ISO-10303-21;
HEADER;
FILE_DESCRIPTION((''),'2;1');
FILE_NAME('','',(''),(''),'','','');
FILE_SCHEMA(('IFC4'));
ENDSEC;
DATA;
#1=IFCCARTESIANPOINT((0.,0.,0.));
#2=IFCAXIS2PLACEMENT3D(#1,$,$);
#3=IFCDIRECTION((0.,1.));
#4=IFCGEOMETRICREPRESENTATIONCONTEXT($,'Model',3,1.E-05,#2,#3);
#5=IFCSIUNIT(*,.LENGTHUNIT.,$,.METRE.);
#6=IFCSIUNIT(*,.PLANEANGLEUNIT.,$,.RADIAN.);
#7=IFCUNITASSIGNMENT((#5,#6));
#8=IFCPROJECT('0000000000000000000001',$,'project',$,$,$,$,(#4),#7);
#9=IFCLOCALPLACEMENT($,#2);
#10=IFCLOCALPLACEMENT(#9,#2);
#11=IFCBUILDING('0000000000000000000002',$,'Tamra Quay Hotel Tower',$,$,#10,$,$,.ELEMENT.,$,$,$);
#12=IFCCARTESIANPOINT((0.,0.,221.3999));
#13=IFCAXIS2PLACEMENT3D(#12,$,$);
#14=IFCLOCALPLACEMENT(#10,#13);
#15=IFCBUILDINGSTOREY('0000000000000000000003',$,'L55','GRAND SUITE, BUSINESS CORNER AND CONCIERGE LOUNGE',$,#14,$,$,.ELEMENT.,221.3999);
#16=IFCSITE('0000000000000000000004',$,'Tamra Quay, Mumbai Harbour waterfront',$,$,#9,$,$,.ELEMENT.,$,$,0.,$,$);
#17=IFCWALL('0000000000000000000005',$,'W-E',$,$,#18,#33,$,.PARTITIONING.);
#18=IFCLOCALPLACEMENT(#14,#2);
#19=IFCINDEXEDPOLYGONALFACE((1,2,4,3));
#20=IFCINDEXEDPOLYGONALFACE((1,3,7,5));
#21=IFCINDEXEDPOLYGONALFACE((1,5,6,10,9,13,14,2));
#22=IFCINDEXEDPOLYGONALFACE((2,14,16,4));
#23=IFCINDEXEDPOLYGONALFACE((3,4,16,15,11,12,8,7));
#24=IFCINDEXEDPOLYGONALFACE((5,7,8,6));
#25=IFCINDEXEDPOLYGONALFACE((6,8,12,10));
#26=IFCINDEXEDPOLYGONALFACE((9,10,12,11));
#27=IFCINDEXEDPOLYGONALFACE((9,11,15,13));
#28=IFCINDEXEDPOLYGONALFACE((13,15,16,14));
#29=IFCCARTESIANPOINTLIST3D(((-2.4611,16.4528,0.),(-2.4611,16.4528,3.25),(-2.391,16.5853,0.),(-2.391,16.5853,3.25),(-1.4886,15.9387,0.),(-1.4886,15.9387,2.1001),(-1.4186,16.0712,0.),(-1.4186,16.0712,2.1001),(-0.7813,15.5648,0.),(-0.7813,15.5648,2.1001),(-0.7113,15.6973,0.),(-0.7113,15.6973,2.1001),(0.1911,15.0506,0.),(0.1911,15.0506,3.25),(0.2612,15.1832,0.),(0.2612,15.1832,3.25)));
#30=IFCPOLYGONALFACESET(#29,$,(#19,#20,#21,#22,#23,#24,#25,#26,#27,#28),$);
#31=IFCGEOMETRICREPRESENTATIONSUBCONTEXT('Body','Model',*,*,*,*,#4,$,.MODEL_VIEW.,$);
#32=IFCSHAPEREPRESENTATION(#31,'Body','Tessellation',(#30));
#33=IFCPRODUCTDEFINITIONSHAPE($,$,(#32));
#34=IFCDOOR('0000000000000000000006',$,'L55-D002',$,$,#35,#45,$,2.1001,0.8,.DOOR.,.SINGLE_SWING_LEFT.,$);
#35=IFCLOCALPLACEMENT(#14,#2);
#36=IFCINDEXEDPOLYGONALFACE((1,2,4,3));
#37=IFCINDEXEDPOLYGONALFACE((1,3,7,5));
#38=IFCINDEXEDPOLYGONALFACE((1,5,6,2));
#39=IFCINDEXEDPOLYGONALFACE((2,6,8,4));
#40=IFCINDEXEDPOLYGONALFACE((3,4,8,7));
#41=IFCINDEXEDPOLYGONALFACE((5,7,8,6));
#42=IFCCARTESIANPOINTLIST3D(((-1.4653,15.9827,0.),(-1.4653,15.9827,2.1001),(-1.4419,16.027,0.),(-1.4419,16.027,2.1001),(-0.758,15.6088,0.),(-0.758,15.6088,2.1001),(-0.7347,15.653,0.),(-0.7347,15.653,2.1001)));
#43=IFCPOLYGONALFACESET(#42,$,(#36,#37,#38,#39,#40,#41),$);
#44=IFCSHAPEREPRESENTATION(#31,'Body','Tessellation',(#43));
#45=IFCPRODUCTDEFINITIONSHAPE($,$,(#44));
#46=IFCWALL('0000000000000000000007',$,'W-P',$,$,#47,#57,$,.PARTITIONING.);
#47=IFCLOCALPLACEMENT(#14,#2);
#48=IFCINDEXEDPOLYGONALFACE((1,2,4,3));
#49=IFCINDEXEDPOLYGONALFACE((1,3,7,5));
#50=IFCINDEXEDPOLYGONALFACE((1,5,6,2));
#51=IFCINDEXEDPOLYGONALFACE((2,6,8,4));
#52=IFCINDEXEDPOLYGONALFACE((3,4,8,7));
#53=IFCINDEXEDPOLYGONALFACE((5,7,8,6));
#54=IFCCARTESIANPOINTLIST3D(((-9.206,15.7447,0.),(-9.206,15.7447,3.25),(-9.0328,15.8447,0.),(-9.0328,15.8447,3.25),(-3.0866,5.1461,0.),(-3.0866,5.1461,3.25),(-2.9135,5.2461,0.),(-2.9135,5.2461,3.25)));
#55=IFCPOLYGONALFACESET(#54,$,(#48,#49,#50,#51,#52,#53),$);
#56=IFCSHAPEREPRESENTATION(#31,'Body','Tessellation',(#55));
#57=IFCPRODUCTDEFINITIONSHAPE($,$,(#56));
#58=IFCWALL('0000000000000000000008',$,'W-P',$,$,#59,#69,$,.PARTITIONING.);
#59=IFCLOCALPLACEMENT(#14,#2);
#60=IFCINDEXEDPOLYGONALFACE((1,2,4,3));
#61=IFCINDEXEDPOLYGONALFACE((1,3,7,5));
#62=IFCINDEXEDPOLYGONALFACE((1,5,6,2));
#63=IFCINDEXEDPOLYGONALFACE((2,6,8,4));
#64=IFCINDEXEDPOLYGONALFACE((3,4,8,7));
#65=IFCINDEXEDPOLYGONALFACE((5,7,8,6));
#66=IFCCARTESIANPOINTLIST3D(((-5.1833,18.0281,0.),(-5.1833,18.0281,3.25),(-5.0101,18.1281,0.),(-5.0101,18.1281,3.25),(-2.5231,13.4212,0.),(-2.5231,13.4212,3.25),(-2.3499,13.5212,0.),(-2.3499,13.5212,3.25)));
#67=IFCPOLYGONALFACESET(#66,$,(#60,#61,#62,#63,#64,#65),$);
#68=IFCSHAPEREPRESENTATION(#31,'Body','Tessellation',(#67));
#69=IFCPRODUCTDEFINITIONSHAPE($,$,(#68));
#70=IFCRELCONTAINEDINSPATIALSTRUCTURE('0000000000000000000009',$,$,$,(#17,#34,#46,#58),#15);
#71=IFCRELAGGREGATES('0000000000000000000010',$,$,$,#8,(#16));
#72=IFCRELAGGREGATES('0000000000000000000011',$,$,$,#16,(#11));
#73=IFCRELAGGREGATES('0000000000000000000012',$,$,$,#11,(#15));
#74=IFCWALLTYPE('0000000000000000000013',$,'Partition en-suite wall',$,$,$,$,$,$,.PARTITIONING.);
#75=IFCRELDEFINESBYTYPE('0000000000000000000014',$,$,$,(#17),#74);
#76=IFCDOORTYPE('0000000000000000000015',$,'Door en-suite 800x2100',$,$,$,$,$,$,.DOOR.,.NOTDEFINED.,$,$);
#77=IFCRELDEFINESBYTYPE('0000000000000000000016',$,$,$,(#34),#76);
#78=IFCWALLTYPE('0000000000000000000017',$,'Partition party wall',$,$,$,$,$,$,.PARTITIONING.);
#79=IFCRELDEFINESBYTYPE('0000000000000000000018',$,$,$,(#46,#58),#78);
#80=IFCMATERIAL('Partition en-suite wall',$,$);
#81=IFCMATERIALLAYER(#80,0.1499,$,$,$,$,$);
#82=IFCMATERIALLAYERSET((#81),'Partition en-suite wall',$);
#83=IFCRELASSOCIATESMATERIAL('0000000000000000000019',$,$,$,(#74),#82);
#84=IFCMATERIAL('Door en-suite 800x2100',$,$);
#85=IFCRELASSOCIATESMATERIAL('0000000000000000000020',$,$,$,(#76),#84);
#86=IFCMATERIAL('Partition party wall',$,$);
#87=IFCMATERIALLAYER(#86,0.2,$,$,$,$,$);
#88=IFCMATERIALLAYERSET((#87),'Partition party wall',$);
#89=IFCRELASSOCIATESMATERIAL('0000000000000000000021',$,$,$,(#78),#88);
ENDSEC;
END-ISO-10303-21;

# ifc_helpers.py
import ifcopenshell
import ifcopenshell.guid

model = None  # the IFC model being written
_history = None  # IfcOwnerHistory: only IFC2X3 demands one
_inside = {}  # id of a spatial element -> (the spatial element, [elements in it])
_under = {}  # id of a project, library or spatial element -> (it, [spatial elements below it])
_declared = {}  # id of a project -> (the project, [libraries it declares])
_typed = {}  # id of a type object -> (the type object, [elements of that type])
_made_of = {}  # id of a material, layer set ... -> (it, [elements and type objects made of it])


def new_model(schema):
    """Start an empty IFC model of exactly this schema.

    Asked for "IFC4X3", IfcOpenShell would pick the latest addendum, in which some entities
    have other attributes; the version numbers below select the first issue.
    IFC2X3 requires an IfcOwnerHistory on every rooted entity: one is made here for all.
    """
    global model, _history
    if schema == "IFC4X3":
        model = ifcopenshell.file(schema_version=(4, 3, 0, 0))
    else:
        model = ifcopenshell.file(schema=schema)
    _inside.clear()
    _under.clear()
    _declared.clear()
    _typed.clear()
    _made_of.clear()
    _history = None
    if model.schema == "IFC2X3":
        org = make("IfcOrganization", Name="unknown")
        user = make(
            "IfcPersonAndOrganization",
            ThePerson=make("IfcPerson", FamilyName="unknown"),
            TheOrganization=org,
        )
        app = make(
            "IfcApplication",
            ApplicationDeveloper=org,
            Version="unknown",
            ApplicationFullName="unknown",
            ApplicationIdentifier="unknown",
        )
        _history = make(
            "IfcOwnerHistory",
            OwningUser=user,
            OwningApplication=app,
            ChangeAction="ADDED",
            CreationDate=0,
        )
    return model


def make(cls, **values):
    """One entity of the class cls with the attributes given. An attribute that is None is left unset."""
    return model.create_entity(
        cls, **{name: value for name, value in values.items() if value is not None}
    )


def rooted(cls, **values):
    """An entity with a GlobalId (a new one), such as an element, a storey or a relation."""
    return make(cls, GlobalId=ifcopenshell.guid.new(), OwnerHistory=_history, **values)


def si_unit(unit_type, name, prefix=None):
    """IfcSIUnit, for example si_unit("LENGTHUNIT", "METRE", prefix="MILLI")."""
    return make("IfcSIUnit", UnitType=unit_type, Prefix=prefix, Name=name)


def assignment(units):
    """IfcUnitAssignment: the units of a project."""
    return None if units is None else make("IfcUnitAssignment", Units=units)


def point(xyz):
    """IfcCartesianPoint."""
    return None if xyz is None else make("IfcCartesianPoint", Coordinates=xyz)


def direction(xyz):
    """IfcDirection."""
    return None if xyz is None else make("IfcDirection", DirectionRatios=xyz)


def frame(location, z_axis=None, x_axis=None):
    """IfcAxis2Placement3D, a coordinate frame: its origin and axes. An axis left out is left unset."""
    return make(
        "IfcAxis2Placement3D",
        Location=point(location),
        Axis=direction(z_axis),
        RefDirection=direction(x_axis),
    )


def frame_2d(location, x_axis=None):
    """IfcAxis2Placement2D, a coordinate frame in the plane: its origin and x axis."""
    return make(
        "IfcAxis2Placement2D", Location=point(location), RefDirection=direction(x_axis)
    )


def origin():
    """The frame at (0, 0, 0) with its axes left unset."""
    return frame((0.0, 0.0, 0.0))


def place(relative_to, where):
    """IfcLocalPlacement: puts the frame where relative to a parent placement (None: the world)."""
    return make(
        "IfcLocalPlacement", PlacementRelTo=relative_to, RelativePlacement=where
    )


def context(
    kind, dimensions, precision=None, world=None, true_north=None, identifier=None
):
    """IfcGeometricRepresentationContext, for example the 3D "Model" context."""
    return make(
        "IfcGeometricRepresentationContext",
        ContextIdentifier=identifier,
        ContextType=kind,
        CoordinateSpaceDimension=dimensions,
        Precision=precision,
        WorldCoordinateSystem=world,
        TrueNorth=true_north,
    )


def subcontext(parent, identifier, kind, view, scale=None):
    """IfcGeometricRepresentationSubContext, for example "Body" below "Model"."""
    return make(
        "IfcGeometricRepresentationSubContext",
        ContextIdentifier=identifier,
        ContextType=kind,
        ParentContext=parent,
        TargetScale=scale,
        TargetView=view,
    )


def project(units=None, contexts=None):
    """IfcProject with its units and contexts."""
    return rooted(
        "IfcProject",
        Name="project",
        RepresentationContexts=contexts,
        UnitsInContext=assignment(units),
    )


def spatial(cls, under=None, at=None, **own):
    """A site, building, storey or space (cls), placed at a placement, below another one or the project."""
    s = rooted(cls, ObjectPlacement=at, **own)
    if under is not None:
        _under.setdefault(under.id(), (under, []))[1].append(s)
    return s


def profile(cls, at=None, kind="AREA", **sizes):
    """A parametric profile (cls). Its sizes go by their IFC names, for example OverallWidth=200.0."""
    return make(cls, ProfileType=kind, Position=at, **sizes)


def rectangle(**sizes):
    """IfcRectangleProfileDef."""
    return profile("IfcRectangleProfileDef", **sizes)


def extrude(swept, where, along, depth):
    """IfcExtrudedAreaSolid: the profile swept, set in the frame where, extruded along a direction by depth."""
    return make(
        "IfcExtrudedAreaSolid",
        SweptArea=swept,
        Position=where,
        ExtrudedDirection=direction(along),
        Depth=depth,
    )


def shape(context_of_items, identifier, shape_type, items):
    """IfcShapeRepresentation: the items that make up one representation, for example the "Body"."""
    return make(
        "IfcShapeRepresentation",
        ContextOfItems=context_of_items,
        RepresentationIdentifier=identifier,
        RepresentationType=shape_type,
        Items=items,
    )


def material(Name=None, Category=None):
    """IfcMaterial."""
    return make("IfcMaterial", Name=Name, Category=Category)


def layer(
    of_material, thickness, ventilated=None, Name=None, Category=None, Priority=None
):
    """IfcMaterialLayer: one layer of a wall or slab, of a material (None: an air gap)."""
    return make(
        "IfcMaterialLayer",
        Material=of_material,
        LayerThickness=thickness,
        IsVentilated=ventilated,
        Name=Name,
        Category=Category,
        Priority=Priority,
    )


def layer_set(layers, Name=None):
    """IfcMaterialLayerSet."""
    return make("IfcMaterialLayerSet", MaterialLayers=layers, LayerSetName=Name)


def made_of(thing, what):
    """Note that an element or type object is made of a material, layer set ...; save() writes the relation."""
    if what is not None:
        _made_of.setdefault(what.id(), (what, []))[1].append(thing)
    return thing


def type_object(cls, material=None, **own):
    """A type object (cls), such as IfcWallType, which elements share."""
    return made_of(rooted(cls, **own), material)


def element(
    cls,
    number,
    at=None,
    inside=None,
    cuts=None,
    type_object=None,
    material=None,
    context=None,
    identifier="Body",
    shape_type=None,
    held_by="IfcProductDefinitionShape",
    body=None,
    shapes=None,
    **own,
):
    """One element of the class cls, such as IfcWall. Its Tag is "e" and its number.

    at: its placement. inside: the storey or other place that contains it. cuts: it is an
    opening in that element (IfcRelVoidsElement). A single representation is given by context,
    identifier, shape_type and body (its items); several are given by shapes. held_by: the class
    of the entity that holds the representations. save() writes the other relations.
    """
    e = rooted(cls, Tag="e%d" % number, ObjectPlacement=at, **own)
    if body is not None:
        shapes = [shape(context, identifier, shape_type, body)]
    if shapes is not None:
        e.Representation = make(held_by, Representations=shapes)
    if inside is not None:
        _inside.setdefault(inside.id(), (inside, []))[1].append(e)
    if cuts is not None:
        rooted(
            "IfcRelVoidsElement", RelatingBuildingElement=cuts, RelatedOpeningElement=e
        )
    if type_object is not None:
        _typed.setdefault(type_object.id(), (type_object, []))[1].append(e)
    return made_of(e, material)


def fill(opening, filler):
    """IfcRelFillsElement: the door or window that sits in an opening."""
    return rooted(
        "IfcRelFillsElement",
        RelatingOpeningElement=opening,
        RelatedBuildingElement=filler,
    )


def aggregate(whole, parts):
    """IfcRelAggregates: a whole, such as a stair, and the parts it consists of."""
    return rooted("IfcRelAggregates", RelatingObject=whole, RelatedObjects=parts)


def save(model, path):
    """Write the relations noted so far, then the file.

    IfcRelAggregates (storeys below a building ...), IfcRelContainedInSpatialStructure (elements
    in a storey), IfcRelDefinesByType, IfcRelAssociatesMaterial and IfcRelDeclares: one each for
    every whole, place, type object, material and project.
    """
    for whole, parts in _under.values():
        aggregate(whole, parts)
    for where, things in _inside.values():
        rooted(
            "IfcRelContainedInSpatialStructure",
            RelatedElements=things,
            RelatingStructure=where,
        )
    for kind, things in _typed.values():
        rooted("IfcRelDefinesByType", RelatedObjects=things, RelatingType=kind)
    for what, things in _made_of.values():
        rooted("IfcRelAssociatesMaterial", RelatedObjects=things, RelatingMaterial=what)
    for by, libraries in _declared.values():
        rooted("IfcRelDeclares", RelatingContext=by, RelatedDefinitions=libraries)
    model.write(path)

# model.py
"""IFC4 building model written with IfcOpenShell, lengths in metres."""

from ifc_helpers import new_model, si_unit, direction, frame, frame_2d, origin, place, context, subcontext, project, spatial, rectangle, extrude, material, layer, layer_set, type_object, element, fill, save


model = new_model("IFC4")

# Units and contexts
model_context = context("Model", 3, precision=1e-05, world=origin(), true_north=direction((0.0, 1.0)))
body_context = subcontext(model_context, "Body", "Model", "MODEL_VIEW")
ifc_project = project(units=[si_unit("LENGTHUNIT", "METRE"), si_unit("PLANEANGLEUNIT", "RADIAN")], contexts=[model_context])

# Site, building, storey
site_placement = place(None, origin())
site = spatial("IfcSite", under=ifc_project, at=site_placement, Name="Tamra Quay, Mumbai Harbour waterfront", CompositionType="ELEMENT", RefElevation=0.0)
building_placement = place(site_placement, origin())
building = spatial("IfcBuilding", under=site, at=building_placement, Name="Tamra Quay Hotel Tower", CompositionType="ELEMENT")
storey_placement = place(building_placement, frame((0.0, 0.0, 221.3999)))
storey = spatial("IfcBuildingStorey", under=building, at=storey_placement, Name="L55", Description="GRAND SUITE, BUSINESS CORNER AND CONCIERGE LOUNGE", CompositionType="ELEMENT", Elevation=221.3999)

# Shared definitions
ifc_material_1 = material(Name="Partition en-suite wall")
ifc_layer_1 = layer(ifc_material_1, 0.1499)
ifc_layer_set_1 = layer_set([ifc_layer_1], Name="Partition en-suite wall")
wall_type_1 = type_object("IfcWallType", Name="Partition en-suite wall", PredefinedType="PARTITIONING", material=ifc_layer_set_1)

# Wall, opening, door
wall_1_placement = place(storey_placement, frame((-2.426, 16.519, 0.0), z_axis=(0.0, 0.0, 1.0), x_axis=(0.884057, -0.467379, 0.0)))
wall_1 = element("IfcWall", 1, at=wall_1_placement, inside=storey, type_object=wall_type_1, Name="W-E", PredefinedType="PARTITIONING", context=body_context, shape_type="SweptSolid", body=[
    extrude(rectangle(XDim=3.0, YDim=0.1499, at=frame_2d((1.5, 0.0))), origin(), (0.0, 0.0, 1.0), 3.25),
])
opening_placement = place(wall_1_placement, frame((1.1001, 0.0, 0.0)))
opening = element("IfcOpeningElement", 2, at=opening_placement, cuts=wall_1, PredefinedType="OPENING", context=body_context, shape_type="SweptSolid", body=[
    extrude(rectangle(XDim=0.8, YDim=2.1001, at=frame_2d((0.3999, 1.05))), frame((0.0, 0.085, 0.0), z_axis=(0.0, -1.0, 0.0), x_axis=(1.0, 0.0, 0.0)), (0.0, 0.0, 1.0), 0.1699),
])
ifc_material_2 = material(Name="Door en-suite 800x2100")
door_type = type_object("IfcDoorType", Name="Door en-suite 800x2100", OperationType="NOTDEFINED", PredefinedType="DOOR", material=ifc_material_2)
door_placement = place(opening_placement, origin())
door = element("IfcDoor", 3, at=door_placement, inside=storey, type_object=door_type, Name="L55-D002", OperationType="SINGLE_SWING_LEFT", OverallHeight=2.1001, OverallWidth=0.8, PredefinedType="DOOR", context=body_context, shape_type="SweptSolid", body=[
    extrude(rectangle(XDim=0.8, YDim=2.1001, at=frame_2d((0.3999, 1.05))), frame((0.0, 0.0249, 0.0), z_axis=(0.0, -1.0, 0.0), x_axis=(1.0, 0.0, 0.0)), (0.0, 0.0, 1.0), 0.05),
])
fill(opening, door)

# Walls
ifc_material_3 = material(Name="Partition party wall")
ifc_layer_2 = layer(ifc_material_3, 0.2)
ifc_layer_set_2 = layer_set([ifc_layer_2], Name="Partition party wall")
wall_type_2 = type_object("IfcWallType", Name="Partition party wall", PredefinedType="PARTITIONING", material=ifc_layer_set_2)
wall_2_placement = place(storey_placement, frame((-9.1194, 15.7947, 0.0), z_axis=(0.0, 0.0, 1.0), x_axis=(0.500016, -0.866016, 0.0)))
element("IfcWall", 4, at=wall_2_placement, inside=storey, type_object=wall_type_2, Name="W-P", PredefinedType="PARTITIONING", context=body_context, shape_type="SweptSolid", body=[
    extrude(rectangle(XDim=12.2383, YDim=0.2, at=frame_2d((6.1191, 0.0))), origin(), (0.0, 0.0, 1.0), 3.25),
])
wall_3_placement = place(storey_placement, frame((-5.0967, 18.0781, 0.0), z_axis=(0.0, 0.0, 1.0), x_axis=(0.500048, -0.865998, 0.0)))
element("IfcWall", 5, at=wall_3_placement, inside=storey, type_object=wall_type_2, Name="W-P", PredefinedType="PARTITIONING", context=body_context, shape_type="SweptSolid", body=[
    extrude(rectangle(XDim=5.3198, YDim=0.2, at=frame_2d((2.6599, 0.0))), origin(), (0.0, 0.0, 1.0), 3.25),
])

save(model, "model.ifc")
